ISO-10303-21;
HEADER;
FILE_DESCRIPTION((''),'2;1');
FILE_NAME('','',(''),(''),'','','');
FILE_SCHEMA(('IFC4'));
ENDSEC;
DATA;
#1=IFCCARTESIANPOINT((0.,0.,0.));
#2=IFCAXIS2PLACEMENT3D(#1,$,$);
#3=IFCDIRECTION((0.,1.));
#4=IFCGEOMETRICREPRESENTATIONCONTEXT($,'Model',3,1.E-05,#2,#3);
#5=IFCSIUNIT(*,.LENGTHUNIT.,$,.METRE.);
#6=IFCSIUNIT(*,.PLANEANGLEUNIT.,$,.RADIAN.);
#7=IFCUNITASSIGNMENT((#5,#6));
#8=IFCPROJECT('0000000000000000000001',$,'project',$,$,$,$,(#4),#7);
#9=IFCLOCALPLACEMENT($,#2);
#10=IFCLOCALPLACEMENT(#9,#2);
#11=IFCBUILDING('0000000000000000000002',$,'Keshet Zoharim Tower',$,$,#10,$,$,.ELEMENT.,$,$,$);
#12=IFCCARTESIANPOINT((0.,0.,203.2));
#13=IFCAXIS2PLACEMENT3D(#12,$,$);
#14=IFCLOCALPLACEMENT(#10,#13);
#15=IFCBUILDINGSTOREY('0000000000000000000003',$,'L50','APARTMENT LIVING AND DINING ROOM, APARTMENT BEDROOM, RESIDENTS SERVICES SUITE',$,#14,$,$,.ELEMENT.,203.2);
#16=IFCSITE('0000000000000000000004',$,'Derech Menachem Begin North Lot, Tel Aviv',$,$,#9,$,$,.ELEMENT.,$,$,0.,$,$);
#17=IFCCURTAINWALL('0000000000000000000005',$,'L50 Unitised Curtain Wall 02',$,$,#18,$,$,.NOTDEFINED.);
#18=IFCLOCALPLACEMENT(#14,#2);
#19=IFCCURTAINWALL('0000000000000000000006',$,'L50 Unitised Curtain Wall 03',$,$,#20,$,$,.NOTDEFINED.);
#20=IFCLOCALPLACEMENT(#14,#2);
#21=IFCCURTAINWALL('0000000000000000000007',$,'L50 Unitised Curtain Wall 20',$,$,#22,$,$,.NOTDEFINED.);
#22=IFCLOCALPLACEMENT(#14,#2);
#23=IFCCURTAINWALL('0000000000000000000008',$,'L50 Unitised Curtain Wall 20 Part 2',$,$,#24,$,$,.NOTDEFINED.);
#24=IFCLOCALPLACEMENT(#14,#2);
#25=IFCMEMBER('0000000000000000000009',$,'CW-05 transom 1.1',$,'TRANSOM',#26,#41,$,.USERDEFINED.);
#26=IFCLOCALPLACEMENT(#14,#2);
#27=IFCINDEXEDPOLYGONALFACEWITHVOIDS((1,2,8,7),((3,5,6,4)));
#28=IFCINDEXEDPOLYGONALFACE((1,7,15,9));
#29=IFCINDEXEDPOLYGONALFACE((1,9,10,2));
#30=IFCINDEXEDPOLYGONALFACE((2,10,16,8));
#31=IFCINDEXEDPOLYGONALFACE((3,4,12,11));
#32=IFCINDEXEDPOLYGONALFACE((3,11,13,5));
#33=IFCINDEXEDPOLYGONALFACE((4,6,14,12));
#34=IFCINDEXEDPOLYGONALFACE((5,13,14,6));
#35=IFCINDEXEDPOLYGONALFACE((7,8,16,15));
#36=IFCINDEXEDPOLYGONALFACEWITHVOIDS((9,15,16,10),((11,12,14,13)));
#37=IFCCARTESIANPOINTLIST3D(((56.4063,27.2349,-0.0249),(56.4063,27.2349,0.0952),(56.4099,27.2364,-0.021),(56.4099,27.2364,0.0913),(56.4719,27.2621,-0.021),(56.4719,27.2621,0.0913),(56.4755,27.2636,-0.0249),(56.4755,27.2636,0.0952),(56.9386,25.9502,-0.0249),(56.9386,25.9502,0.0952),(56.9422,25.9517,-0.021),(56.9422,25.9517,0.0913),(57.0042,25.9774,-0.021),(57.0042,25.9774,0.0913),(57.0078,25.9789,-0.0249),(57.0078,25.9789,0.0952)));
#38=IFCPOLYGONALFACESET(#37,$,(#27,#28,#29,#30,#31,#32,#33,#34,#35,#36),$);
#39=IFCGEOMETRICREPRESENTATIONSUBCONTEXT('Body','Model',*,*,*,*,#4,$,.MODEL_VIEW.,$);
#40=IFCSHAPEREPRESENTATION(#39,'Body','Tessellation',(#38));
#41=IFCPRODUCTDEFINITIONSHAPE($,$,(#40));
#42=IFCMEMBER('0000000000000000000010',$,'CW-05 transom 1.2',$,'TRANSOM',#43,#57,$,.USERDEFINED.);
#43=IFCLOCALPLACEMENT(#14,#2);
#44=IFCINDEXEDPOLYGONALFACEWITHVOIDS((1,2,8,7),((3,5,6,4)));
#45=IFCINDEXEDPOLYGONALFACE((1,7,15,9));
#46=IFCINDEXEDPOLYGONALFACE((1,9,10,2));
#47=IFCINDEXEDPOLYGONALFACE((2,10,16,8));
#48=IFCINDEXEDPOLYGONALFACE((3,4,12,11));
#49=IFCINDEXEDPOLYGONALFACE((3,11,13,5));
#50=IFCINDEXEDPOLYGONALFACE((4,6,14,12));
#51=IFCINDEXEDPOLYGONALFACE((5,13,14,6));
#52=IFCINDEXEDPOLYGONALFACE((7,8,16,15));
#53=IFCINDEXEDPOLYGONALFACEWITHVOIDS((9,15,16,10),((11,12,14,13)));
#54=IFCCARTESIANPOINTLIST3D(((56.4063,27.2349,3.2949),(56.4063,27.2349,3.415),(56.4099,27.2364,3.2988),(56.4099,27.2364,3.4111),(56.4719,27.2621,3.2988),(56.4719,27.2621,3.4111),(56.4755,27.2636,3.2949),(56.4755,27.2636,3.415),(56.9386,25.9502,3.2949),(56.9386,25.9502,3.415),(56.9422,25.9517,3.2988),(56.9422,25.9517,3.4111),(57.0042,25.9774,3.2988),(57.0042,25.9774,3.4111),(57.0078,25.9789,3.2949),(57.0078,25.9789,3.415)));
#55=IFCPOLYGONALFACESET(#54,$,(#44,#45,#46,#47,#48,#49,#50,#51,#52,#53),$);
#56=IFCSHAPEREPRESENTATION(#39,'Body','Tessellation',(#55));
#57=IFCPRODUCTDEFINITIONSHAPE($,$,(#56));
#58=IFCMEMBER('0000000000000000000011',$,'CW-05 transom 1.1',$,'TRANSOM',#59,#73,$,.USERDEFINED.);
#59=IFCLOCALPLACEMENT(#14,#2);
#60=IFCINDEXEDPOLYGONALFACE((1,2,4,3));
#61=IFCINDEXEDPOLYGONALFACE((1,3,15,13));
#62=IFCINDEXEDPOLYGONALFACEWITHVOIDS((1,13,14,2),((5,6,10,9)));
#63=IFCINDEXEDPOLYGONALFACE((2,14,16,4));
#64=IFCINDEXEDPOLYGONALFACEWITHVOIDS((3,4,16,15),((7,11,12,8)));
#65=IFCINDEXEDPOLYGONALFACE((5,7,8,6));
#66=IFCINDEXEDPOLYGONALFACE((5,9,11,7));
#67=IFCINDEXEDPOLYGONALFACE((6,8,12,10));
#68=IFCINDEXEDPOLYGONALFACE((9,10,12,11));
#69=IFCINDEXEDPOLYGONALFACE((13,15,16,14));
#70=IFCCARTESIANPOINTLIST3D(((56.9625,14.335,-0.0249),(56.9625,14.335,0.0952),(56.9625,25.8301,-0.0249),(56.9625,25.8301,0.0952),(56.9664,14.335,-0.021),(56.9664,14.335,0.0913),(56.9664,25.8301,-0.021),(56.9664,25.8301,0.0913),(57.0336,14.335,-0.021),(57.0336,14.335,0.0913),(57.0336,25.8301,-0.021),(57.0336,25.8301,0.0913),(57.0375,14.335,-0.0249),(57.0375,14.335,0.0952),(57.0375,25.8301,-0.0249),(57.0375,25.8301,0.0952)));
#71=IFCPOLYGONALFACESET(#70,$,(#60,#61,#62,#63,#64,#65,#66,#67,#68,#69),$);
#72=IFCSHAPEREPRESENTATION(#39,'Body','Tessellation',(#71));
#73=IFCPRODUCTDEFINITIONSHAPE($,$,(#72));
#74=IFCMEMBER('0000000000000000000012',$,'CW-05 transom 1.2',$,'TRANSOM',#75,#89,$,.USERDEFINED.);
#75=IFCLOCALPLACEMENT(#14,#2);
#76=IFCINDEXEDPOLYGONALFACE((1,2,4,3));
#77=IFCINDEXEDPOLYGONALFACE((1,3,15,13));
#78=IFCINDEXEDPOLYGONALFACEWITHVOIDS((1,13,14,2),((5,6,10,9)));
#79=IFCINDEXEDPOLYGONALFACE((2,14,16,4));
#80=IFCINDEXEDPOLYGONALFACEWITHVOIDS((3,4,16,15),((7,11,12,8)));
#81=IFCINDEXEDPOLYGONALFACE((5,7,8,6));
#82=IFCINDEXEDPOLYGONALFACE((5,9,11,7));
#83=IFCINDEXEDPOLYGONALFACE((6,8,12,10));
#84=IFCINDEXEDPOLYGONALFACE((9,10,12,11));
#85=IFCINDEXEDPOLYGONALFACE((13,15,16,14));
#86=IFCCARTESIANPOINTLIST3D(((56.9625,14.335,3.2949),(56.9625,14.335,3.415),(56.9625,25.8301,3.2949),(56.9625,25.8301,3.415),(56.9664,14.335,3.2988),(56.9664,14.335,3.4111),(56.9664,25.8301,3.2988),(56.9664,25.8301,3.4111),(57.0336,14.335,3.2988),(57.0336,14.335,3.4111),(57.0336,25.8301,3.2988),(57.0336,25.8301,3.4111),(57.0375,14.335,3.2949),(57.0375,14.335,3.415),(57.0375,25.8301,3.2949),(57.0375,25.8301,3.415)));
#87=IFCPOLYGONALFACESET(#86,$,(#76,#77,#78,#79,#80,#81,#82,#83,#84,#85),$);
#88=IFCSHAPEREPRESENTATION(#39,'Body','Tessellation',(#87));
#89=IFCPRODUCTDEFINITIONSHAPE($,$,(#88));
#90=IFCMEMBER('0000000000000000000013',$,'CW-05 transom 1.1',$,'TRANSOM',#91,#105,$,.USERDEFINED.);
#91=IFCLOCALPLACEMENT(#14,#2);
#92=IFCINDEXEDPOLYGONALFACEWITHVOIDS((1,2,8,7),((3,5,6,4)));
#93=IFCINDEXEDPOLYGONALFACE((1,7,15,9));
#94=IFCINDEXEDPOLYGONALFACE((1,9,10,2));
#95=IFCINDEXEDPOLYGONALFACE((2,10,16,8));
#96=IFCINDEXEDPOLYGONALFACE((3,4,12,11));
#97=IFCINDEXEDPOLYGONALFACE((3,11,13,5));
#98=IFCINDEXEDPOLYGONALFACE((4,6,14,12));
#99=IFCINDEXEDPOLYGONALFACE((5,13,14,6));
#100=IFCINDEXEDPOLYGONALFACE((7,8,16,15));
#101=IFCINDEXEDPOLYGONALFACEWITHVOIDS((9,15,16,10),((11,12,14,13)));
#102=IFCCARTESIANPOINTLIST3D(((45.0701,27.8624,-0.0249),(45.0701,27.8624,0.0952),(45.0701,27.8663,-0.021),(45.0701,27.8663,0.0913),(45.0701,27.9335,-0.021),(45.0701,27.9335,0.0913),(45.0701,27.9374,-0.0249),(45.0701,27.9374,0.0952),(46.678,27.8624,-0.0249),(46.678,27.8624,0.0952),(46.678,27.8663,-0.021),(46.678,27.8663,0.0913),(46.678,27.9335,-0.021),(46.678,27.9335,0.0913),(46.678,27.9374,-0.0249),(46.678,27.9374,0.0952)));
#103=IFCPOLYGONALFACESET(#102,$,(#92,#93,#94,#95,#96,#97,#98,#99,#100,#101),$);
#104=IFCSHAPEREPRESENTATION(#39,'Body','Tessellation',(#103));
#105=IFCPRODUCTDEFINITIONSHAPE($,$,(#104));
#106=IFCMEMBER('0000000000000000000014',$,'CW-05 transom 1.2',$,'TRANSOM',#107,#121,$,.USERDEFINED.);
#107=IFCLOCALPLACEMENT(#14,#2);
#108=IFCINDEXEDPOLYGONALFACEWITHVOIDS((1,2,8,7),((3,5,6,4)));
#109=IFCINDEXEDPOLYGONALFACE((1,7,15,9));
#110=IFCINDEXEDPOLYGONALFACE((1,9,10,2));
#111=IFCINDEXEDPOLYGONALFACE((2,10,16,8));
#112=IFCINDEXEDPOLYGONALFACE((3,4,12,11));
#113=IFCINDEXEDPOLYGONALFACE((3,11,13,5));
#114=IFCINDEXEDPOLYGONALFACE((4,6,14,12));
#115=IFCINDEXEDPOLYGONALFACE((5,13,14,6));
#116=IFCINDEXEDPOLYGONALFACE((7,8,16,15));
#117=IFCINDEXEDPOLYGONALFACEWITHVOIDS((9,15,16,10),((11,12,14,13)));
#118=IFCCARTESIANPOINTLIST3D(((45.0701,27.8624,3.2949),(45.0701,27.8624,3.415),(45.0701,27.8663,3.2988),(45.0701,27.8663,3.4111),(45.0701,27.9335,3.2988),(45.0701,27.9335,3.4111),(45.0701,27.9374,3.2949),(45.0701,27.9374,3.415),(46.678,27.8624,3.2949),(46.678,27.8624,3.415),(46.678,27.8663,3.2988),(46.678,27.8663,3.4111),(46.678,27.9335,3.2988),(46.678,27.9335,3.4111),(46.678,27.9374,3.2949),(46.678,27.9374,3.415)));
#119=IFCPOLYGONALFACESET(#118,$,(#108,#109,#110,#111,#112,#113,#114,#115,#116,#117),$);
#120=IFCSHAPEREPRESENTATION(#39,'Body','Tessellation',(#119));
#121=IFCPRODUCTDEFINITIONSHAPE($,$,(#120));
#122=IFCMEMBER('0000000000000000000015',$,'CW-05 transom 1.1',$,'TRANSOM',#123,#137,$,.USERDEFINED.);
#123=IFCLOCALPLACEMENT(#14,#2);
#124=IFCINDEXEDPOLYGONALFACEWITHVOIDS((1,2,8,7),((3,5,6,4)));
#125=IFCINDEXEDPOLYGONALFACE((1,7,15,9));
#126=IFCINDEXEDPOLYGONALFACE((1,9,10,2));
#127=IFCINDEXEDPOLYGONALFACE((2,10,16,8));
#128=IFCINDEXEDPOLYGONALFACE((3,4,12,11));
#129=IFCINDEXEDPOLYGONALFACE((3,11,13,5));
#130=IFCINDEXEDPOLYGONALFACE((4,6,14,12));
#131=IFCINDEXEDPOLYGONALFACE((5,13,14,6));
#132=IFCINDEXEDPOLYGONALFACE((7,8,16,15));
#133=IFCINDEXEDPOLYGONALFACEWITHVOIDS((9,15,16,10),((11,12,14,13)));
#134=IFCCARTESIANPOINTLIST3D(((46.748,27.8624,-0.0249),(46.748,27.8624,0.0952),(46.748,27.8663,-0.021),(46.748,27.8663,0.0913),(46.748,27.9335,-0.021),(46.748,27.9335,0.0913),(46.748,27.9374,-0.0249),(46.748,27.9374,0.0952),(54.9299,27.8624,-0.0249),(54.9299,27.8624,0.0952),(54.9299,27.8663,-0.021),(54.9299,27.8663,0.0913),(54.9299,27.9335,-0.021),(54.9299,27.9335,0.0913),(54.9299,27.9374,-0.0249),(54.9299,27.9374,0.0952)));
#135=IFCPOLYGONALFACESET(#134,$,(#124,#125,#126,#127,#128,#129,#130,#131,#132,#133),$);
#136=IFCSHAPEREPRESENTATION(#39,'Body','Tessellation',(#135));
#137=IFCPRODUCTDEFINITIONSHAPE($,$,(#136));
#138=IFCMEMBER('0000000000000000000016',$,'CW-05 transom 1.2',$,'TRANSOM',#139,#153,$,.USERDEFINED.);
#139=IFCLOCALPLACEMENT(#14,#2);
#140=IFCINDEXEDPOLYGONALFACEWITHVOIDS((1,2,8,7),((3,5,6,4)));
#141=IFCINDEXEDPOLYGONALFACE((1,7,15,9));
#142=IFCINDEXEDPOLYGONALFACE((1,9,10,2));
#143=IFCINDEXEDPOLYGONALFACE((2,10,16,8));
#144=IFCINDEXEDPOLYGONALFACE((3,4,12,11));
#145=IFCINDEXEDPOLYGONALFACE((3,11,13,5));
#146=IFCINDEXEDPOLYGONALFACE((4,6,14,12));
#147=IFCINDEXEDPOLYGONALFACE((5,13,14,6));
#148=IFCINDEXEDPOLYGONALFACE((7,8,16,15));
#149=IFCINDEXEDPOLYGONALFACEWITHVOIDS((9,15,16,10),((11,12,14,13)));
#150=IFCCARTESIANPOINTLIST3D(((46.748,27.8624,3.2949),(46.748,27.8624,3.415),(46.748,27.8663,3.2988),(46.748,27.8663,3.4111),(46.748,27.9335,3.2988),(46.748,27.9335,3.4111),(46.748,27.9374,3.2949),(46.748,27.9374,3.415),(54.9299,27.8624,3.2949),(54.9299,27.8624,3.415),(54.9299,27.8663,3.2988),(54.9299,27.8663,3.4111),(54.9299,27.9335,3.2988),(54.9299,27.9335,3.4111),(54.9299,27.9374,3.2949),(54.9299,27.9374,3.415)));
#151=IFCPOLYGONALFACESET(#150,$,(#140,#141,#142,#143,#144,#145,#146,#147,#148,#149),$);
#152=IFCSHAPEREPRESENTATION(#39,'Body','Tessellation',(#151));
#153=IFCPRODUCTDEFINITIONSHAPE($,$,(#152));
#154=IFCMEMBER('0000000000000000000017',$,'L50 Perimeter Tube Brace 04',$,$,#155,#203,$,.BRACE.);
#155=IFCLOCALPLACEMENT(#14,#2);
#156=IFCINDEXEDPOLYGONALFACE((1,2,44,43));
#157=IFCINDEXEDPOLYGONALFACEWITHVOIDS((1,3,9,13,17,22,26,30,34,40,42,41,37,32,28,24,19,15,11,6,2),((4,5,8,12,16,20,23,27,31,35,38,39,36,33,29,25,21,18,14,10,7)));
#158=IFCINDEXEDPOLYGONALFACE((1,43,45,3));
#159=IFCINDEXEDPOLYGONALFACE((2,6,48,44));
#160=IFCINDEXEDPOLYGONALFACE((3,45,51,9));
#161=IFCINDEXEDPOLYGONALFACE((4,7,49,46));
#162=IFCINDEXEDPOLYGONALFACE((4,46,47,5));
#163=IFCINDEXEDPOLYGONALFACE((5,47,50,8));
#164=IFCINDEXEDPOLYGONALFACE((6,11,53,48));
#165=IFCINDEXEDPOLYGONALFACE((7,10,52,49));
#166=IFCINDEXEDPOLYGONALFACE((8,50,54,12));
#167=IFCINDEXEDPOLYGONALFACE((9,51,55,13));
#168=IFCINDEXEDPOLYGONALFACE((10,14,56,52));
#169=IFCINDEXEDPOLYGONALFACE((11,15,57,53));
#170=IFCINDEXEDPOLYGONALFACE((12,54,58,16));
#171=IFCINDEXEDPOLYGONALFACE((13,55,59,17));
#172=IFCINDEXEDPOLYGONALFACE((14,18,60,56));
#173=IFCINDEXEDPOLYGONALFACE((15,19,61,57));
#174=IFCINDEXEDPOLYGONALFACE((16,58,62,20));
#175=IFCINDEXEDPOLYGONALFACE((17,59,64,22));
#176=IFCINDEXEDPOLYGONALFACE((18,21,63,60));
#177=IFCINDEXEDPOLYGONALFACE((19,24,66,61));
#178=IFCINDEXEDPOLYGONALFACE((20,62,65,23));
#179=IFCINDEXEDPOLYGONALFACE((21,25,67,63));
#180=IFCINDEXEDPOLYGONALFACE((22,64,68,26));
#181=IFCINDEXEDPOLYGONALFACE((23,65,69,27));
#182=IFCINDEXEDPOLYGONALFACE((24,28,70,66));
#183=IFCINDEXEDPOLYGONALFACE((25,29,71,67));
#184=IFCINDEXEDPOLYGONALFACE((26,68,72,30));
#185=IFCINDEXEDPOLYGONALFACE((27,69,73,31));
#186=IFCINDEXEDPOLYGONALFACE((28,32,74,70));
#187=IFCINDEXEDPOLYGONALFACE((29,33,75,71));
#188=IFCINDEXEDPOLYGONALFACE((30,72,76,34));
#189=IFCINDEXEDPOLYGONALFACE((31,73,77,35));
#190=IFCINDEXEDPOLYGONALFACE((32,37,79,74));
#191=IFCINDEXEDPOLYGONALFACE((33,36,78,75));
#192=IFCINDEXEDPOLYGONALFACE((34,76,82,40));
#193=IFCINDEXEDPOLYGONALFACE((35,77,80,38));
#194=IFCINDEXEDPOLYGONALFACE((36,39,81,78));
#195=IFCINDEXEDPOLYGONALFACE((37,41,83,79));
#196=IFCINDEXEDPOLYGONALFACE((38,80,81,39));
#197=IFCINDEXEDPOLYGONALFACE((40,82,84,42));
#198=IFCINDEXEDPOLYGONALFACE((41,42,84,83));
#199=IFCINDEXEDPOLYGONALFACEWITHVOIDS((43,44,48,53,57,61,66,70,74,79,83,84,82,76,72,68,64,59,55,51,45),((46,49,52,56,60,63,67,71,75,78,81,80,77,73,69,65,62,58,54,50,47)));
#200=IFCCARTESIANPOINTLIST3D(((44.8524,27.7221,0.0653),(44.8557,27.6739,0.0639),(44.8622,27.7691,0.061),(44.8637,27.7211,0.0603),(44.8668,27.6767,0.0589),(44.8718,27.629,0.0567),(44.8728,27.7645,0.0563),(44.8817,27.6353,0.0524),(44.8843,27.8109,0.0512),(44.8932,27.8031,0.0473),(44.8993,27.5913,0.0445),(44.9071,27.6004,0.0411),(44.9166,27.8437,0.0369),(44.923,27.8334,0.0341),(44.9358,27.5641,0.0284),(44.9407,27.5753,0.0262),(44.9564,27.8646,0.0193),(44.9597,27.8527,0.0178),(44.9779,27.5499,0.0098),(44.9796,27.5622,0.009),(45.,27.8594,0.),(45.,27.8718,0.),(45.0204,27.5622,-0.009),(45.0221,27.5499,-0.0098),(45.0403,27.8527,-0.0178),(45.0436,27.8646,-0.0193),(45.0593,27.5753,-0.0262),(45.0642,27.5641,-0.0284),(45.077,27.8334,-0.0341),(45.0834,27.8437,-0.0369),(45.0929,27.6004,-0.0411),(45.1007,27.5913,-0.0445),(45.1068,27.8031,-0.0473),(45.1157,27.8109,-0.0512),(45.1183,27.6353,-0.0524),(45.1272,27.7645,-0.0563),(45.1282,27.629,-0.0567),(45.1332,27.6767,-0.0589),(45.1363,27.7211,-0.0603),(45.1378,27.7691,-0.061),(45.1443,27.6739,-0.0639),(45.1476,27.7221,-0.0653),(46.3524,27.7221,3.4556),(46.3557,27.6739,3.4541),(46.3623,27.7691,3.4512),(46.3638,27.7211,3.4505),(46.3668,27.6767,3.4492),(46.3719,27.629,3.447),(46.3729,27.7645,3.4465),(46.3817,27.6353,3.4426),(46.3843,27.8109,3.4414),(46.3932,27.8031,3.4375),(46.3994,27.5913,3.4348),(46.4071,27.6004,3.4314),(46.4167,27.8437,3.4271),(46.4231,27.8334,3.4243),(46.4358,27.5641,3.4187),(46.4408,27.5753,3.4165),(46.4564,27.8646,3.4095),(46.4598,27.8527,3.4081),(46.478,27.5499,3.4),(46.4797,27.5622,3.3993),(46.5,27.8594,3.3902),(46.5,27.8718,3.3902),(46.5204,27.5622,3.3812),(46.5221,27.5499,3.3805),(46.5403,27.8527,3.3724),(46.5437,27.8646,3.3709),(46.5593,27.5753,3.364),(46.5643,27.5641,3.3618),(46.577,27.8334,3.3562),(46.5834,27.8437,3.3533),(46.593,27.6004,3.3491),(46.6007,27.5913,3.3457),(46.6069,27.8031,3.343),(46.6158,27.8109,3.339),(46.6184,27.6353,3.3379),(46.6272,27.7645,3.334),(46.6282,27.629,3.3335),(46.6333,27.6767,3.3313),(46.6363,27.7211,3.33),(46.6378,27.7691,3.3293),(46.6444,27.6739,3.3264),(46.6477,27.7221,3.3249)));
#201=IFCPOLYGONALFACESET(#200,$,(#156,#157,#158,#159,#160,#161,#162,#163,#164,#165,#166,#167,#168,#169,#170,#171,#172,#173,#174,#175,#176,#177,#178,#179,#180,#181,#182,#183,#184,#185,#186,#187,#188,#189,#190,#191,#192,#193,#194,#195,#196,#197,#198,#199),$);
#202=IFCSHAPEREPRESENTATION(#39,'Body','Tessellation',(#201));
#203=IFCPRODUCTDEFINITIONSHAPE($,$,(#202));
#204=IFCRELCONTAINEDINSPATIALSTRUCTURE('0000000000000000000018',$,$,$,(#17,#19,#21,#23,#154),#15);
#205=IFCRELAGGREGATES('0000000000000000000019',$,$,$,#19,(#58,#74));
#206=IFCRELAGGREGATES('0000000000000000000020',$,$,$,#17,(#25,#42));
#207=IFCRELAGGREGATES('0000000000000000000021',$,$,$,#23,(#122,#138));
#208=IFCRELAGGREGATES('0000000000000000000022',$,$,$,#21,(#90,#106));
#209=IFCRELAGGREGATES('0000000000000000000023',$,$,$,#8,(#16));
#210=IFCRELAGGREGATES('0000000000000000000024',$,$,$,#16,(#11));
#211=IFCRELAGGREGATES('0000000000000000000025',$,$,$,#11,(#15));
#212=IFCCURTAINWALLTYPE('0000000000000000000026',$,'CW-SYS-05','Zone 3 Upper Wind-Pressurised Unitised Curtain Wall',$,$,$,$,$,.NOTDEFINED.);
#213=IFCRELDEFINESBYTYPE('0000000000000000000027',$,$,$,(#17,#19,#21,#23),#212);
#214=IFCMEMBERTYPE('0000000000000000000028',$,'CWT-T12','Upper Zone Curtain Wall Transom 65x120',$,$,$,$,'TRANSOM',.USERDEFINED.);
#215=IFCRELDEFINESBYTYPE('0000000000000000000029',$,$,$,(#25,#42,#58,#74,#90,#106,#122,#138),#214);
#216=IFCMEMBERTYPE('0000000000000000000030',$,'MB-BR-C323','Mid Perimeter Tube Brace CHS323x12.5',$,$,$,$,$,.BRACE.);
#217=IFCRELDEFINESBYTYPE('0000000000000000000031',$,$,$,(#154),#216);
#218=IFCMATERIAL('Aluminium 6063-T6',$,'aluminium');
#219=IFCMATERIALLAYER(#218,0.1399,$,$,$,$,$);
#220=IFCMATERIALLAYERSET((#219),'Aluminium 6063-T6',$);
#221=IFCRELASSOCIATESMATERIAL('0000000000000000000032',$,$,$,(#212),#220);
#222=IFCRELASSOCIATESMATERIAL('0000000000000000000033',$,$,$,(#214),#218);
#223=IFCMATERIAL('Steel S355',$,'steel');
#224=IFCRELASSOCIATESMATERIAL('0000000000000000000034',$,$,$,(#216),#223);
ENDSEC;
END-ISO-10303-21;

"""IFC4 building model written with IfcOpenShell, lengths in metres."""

from ifc_helpers import new_model, si_unit, direction, frame, origin, origin_2d, place, context, subcontext, project, spatial, hollow_rectangle, hollow_circle, extrude, material, layer, layer_set, material_profile, profile_set, type_object, element, aggregate, save


model = new_model("IFC4")

# Units and contexts
model_context = context("Model", 3, precision=1e-05, world=origin(), true_north=direction((0.0, 1.0)))
body_context = subcontext(model_context, "Body", "Model", "MODEL_VIEW")
ifc_project = project(units=[si_unit("LENGTHUNIT", "METRE"), si_unit("PLANEANGLEUNIT", "RADIAN")], contexts=[model_context])

# Site, building, storey
site_placement = place(None, origin())
site = spatial("IfcSite", under=ifc_project, at=site_placement, Name="Derech Menachem Begin North Lot, Tel Aviv", CompositionType="ELEMENT", RefElevation=0.0)
building_placement = place(site_placement, origin())
building = spatial("IfcBuilding", under=site, at=building_placement, Name="Keshet Zoharim Tower", CompositionType="ELEMENT")
storey_placement = place(building_placement, frame((0.0, 0.0, 203.2)))
storey = spatial("IfcBuildingStorey", under=building, at=storey_placement, Name="L50", Description="APARTMENT LIVING AND DINING ROOM, APARTMENT BEDROOM, RESIDENTS SERVICES SUITE", CompositionType="ELEMENT", Elevation=203.2)

# Shared definitions
ifc_material_1 = material(Name="Steel S355", Category="steel")

# Curtain wall
ifc_material_2 = material(Name="Aluminium 6063-T6", Category="aluminium")
ifc_layer_1 = layer(ifc_material_2, 0.1399)
ifc_layer_set_1 = layer_set([ifc_layer_1], Name="Aluminium 6063-T6")
curtain_wall_type = type_object("IfcCurtainWallType", Name="CW-SYS-05", Description="Zone 3 Upper Wind-Pressurised Unitised Curtain Wall", PredefinedType="NOTDEFINED", material=ifc_layer_set_1)
curtain_wall_1_placement = place(storey_placement, origin())
curtain_wall_1 = element("IfcCurtainWall", 1, at=curtain_wall_1_placement, inside=storey, type_object=curtain_wall_type, Name="L50 Unitised Curtain Wall 02", PredefinedType="NOTDEFINED")

# Curtain wall
curtain_wall_2_placement = place(storey_placement, origin())
curtain_wall_2 = element("IfcCurtainWall", 2, at=curtain_wall_2_placement, inside=storey, type_object=curtain_wall_type, Name="L50 Unitised Curtain Wall 03", PredefinedType="NOTDEFINED")

# Curtain wall
curtain_wall_3_placement = place(storey_placement, origin())
curtain_wall_3 = element("IfcCurtainWall", 3, at=curtain_wall_3_placement, inside=storey, type_object=curtain_wall_type, Name="L50 Unitised Curtain Wall 20", PredefinedType="NOTDEFINED")

# Curtain wall
curtain_wall_4_placement = place(storey_placement, origin())
curtain_wall_4 = element("IfcCurtainWall", 4, at=curtain_wall_4_placement, inside=storey, type_object=curtain_wall_type, Name="L50 Unitised Curtain Wall 20 Part 2", PredefinedType="NOTDEFINED")

# Members
ifc_material_profile_1 = material_profile(ifc_material_2, hollow_rectangle(XDim=0.075, YDim=0.1201, WallThickness=0.0039, at=origin_2d()), Name="TRN-75x120")
ifc_profile_set_1 = profile_set([ifc_material_profile_1], Name="Aluminium 6063-T6")
member_type_1 = type_object("IfcMemberType", Name="CWT-T12", Description="Upper Zone Curtain Wall Transom 65x120", ElementType="TRANSOM", PredefinedType="USERDEFINED", material=ifc_profile_set_1)
member_1_placement = place(storey_placement, frame((56.4409, 27.2493, 0.0352), z_axis=(0.382745, -0.923854, 0.0), x_axis=(0.923854, 0.382745, 0.0)))
member_1 = element("IfcMember", 5, at=member_1_placement, type_object=member_type_1, Name="CW-05 transom 1.1", ObjectType="TRANSOM", PredefinedType="USERDEFINED", context=body_context, shape_type="SweptSolid", body=[
    extrude(hollow_rectangle(XDim=0.075, YDim=0.1201, WallThickness=0.0039, at=origin_2d()), origin(), (0.0, 0.0, 1.0), 1.3906),
])
member_2_placement = place(storey_placement, frame((56.4409, 27.2493, 3.355), z_axis=(0.382745, -0.923854, 0.0), x_axis=(0.923854, 0.382745, 0.0)))
member_2 = element("IfcMember", 6, at=member_2_placement, type_object=member_type_1, Name="CW-05 transom 1.2", ObjectType="TRANSOM", PredefinedType="USERDEFINED", context=body_context, shape_type="SweptSolid", body=[
    extrude(hollow_rectangle(XDim=0.075, YDim=0.1201, WallThickness=0.0039, at=origin_2d()), origin(), (0.0, 0.0, 1.0), 1.3906),
])
member_3_placement = place(storey_placement, frame((57.0, 25.8301, 0.0352), z_axis=(0.0, -1.0, 0.0), x_axis=(1.0, 0.0, 0.0)))
member_3 = element("IfcMember", 7, at=member_3_placement, type_object=member_type_1, Name="CW-05 transom 1.1", ObjectType="TRANSOM", PredefinedType="USERDEFINED", context=body_context, shape_type="SweptSolid", body=[
    extrude(hollow_rectangle(XDim=0.075, YDim=0.1201, WallThickness=0.0039, at=origin_2d()), origin(), (0.0, 0.0, 1.0), 11.4951),
])
member_4_placement = place(storey_placement, frame((57.0, 25.8301, 3.355), z_axis=(0.0, -1.0, 0.0), x_axis=(1.0, 0.0, 0.0)))
member_4 = element("IfcMember", 8, at=member_4_placement, type_object=member_type_1, Name="CW-05 transom 1.2", ObjectType="TRANSOM", PredefinedType="USERDEFINED", context=body_context, shape_type="SweptSolid", body=[
    extrude(hollow_rectangle(XDim=0.075, YDim=0.1201, WallThickness=0.0039, at=origin_2d()), origin(), (0.0, 0.0, 1.0), 11.4951),
])
aggregate(curtain_wall_2, [member_3, member_4])
member_5_placement = place(storey_placement, frame((45.0701, 27.8999, 0.0352), z_axis=(1.0, 0.0, 0.0), x_axis=(0.0, 1.0, 0.0)))
member_5 = element("IfcMember", 9, at=member_5_placement, type_object=member_type_1, Name="CW-05 transom 1.1", ObjectType="TRANSOM", PredefinedType="USERDEFINED", context=body_context, shape_type="SweptSolid", body=[
    extrude(hollow_rectangle(XDim=0.075, YDim=0.1201, WallThickness=0.0039, at=origin_2d()), origin(), (0.0, 0.0, 1.0), 1.6079),
])
member_6_placement = place(storey_placement, frame((45.0701, 27.8999, 3.355), z_axis=(1.0, 0.0, 0.0), x_axis=(0.0, 1.0, 0.0)))
member_6 = element("IfcMember", 10, at=member_6_placement, type_object=member_type_1, Name="CW-05 transom 1.2", ObjectType="TRANSOM", PredefinedType="USERDEFINED", context=body_context, shape_type="SweptSolid", body=[
    extrude(hollow_rectangle(XDim=0.075, YDim=0.1201, WallThickness=0.0039, at=origin_2d()), origin(), (0.0, 0.0, 1.0), 1.6079),
])
member_7_placement = place(storey_placement, frame((46.748, 27.8999, 0.0352), z_axis=(1.0, 0.0, 0.0), x_axis=(0.0, 1.0, 0.0)))
member_7 = element("IfcMember", 11, at=member_7_placement, type_object=member_type_1, Name="CW-05 transom 1.1", ObjectType="TRANSOM", PredefinedType="USERDEFINED", context=body_context, shape_type="SweptSolid", body=[
    extrude(hollow_rectangle(XDim=0.075, YDim=0.1201, WallThickness=0.0039, at=origin_2d()), origin(), (0.0, 0.0, 1.0), 8.1819),
])
member_8_placement = place(storey_placement, frame((46.748, 27.8999, 3.355), z_axis=(1.0, 0.0, 0.0), x_axis=(0.0, 1.0, 0.0)))
member_8 = element("IfcMember", 12, at=member_8_placement, type_object=member_type_1, Name="CW-05 transom 1.2", ObjectType="TRANSOM", PredefinedType="USERDEFINED", context=body_context, shape_type="SweptSolid", body=[
    extrude(hollow_rectangle(XDim=0.075, YDim=0.1201, WallThickness=0.0039, at=origin_2d()), origin(), (0.0, 0.0, 1.0), 8.1819),
])
ifc_material_profile_2 = material_profile(ifc_material_1, hollow_circle(Radius=0.1619, WallThickness=0.0125, at=origin_2d()), Name="CHS323x12.5")
ifc_profile_set_2 = profile_set([ifc_material_profile_2], Name="Steel S355")
member_type_2 = type_object("IfcMemberType", Name="MB-BR-C323", Description="Mid Perimeter Tube Brace CHS323x12.5", PredefinedType="BRACE", material=ifc_profile_set_2)
member_9_placement = place(storey_placement, frame((45.0, 27.71, 0.0), z_axis=(0.404623, 0.0, 0.914484), x_axis=(0.0, 1.0, 0.0)))
element("IfcMember", 13, at=member_9_placement, inside=storey, type_object=member_type_2, Name="L50 Perimeter Tube Brace 04", PredefinedType="BRACE", context=body_context, shape_type="SweptSolid", body=[
    extrude(hollow_circle(Radius=0.1619, WallThickness=0.0125, at=origin_2d()), origin(), (0.0, 0.0, 1.0), 3.7073),
])

aggregate(curtain_wall_1, [member_1, member_2])
aggregate(curtain_wall_4, [member_7, member_8])
aggregate(curtain_wall_3, [member_5, member_6])

save(model, "model.ifc")
